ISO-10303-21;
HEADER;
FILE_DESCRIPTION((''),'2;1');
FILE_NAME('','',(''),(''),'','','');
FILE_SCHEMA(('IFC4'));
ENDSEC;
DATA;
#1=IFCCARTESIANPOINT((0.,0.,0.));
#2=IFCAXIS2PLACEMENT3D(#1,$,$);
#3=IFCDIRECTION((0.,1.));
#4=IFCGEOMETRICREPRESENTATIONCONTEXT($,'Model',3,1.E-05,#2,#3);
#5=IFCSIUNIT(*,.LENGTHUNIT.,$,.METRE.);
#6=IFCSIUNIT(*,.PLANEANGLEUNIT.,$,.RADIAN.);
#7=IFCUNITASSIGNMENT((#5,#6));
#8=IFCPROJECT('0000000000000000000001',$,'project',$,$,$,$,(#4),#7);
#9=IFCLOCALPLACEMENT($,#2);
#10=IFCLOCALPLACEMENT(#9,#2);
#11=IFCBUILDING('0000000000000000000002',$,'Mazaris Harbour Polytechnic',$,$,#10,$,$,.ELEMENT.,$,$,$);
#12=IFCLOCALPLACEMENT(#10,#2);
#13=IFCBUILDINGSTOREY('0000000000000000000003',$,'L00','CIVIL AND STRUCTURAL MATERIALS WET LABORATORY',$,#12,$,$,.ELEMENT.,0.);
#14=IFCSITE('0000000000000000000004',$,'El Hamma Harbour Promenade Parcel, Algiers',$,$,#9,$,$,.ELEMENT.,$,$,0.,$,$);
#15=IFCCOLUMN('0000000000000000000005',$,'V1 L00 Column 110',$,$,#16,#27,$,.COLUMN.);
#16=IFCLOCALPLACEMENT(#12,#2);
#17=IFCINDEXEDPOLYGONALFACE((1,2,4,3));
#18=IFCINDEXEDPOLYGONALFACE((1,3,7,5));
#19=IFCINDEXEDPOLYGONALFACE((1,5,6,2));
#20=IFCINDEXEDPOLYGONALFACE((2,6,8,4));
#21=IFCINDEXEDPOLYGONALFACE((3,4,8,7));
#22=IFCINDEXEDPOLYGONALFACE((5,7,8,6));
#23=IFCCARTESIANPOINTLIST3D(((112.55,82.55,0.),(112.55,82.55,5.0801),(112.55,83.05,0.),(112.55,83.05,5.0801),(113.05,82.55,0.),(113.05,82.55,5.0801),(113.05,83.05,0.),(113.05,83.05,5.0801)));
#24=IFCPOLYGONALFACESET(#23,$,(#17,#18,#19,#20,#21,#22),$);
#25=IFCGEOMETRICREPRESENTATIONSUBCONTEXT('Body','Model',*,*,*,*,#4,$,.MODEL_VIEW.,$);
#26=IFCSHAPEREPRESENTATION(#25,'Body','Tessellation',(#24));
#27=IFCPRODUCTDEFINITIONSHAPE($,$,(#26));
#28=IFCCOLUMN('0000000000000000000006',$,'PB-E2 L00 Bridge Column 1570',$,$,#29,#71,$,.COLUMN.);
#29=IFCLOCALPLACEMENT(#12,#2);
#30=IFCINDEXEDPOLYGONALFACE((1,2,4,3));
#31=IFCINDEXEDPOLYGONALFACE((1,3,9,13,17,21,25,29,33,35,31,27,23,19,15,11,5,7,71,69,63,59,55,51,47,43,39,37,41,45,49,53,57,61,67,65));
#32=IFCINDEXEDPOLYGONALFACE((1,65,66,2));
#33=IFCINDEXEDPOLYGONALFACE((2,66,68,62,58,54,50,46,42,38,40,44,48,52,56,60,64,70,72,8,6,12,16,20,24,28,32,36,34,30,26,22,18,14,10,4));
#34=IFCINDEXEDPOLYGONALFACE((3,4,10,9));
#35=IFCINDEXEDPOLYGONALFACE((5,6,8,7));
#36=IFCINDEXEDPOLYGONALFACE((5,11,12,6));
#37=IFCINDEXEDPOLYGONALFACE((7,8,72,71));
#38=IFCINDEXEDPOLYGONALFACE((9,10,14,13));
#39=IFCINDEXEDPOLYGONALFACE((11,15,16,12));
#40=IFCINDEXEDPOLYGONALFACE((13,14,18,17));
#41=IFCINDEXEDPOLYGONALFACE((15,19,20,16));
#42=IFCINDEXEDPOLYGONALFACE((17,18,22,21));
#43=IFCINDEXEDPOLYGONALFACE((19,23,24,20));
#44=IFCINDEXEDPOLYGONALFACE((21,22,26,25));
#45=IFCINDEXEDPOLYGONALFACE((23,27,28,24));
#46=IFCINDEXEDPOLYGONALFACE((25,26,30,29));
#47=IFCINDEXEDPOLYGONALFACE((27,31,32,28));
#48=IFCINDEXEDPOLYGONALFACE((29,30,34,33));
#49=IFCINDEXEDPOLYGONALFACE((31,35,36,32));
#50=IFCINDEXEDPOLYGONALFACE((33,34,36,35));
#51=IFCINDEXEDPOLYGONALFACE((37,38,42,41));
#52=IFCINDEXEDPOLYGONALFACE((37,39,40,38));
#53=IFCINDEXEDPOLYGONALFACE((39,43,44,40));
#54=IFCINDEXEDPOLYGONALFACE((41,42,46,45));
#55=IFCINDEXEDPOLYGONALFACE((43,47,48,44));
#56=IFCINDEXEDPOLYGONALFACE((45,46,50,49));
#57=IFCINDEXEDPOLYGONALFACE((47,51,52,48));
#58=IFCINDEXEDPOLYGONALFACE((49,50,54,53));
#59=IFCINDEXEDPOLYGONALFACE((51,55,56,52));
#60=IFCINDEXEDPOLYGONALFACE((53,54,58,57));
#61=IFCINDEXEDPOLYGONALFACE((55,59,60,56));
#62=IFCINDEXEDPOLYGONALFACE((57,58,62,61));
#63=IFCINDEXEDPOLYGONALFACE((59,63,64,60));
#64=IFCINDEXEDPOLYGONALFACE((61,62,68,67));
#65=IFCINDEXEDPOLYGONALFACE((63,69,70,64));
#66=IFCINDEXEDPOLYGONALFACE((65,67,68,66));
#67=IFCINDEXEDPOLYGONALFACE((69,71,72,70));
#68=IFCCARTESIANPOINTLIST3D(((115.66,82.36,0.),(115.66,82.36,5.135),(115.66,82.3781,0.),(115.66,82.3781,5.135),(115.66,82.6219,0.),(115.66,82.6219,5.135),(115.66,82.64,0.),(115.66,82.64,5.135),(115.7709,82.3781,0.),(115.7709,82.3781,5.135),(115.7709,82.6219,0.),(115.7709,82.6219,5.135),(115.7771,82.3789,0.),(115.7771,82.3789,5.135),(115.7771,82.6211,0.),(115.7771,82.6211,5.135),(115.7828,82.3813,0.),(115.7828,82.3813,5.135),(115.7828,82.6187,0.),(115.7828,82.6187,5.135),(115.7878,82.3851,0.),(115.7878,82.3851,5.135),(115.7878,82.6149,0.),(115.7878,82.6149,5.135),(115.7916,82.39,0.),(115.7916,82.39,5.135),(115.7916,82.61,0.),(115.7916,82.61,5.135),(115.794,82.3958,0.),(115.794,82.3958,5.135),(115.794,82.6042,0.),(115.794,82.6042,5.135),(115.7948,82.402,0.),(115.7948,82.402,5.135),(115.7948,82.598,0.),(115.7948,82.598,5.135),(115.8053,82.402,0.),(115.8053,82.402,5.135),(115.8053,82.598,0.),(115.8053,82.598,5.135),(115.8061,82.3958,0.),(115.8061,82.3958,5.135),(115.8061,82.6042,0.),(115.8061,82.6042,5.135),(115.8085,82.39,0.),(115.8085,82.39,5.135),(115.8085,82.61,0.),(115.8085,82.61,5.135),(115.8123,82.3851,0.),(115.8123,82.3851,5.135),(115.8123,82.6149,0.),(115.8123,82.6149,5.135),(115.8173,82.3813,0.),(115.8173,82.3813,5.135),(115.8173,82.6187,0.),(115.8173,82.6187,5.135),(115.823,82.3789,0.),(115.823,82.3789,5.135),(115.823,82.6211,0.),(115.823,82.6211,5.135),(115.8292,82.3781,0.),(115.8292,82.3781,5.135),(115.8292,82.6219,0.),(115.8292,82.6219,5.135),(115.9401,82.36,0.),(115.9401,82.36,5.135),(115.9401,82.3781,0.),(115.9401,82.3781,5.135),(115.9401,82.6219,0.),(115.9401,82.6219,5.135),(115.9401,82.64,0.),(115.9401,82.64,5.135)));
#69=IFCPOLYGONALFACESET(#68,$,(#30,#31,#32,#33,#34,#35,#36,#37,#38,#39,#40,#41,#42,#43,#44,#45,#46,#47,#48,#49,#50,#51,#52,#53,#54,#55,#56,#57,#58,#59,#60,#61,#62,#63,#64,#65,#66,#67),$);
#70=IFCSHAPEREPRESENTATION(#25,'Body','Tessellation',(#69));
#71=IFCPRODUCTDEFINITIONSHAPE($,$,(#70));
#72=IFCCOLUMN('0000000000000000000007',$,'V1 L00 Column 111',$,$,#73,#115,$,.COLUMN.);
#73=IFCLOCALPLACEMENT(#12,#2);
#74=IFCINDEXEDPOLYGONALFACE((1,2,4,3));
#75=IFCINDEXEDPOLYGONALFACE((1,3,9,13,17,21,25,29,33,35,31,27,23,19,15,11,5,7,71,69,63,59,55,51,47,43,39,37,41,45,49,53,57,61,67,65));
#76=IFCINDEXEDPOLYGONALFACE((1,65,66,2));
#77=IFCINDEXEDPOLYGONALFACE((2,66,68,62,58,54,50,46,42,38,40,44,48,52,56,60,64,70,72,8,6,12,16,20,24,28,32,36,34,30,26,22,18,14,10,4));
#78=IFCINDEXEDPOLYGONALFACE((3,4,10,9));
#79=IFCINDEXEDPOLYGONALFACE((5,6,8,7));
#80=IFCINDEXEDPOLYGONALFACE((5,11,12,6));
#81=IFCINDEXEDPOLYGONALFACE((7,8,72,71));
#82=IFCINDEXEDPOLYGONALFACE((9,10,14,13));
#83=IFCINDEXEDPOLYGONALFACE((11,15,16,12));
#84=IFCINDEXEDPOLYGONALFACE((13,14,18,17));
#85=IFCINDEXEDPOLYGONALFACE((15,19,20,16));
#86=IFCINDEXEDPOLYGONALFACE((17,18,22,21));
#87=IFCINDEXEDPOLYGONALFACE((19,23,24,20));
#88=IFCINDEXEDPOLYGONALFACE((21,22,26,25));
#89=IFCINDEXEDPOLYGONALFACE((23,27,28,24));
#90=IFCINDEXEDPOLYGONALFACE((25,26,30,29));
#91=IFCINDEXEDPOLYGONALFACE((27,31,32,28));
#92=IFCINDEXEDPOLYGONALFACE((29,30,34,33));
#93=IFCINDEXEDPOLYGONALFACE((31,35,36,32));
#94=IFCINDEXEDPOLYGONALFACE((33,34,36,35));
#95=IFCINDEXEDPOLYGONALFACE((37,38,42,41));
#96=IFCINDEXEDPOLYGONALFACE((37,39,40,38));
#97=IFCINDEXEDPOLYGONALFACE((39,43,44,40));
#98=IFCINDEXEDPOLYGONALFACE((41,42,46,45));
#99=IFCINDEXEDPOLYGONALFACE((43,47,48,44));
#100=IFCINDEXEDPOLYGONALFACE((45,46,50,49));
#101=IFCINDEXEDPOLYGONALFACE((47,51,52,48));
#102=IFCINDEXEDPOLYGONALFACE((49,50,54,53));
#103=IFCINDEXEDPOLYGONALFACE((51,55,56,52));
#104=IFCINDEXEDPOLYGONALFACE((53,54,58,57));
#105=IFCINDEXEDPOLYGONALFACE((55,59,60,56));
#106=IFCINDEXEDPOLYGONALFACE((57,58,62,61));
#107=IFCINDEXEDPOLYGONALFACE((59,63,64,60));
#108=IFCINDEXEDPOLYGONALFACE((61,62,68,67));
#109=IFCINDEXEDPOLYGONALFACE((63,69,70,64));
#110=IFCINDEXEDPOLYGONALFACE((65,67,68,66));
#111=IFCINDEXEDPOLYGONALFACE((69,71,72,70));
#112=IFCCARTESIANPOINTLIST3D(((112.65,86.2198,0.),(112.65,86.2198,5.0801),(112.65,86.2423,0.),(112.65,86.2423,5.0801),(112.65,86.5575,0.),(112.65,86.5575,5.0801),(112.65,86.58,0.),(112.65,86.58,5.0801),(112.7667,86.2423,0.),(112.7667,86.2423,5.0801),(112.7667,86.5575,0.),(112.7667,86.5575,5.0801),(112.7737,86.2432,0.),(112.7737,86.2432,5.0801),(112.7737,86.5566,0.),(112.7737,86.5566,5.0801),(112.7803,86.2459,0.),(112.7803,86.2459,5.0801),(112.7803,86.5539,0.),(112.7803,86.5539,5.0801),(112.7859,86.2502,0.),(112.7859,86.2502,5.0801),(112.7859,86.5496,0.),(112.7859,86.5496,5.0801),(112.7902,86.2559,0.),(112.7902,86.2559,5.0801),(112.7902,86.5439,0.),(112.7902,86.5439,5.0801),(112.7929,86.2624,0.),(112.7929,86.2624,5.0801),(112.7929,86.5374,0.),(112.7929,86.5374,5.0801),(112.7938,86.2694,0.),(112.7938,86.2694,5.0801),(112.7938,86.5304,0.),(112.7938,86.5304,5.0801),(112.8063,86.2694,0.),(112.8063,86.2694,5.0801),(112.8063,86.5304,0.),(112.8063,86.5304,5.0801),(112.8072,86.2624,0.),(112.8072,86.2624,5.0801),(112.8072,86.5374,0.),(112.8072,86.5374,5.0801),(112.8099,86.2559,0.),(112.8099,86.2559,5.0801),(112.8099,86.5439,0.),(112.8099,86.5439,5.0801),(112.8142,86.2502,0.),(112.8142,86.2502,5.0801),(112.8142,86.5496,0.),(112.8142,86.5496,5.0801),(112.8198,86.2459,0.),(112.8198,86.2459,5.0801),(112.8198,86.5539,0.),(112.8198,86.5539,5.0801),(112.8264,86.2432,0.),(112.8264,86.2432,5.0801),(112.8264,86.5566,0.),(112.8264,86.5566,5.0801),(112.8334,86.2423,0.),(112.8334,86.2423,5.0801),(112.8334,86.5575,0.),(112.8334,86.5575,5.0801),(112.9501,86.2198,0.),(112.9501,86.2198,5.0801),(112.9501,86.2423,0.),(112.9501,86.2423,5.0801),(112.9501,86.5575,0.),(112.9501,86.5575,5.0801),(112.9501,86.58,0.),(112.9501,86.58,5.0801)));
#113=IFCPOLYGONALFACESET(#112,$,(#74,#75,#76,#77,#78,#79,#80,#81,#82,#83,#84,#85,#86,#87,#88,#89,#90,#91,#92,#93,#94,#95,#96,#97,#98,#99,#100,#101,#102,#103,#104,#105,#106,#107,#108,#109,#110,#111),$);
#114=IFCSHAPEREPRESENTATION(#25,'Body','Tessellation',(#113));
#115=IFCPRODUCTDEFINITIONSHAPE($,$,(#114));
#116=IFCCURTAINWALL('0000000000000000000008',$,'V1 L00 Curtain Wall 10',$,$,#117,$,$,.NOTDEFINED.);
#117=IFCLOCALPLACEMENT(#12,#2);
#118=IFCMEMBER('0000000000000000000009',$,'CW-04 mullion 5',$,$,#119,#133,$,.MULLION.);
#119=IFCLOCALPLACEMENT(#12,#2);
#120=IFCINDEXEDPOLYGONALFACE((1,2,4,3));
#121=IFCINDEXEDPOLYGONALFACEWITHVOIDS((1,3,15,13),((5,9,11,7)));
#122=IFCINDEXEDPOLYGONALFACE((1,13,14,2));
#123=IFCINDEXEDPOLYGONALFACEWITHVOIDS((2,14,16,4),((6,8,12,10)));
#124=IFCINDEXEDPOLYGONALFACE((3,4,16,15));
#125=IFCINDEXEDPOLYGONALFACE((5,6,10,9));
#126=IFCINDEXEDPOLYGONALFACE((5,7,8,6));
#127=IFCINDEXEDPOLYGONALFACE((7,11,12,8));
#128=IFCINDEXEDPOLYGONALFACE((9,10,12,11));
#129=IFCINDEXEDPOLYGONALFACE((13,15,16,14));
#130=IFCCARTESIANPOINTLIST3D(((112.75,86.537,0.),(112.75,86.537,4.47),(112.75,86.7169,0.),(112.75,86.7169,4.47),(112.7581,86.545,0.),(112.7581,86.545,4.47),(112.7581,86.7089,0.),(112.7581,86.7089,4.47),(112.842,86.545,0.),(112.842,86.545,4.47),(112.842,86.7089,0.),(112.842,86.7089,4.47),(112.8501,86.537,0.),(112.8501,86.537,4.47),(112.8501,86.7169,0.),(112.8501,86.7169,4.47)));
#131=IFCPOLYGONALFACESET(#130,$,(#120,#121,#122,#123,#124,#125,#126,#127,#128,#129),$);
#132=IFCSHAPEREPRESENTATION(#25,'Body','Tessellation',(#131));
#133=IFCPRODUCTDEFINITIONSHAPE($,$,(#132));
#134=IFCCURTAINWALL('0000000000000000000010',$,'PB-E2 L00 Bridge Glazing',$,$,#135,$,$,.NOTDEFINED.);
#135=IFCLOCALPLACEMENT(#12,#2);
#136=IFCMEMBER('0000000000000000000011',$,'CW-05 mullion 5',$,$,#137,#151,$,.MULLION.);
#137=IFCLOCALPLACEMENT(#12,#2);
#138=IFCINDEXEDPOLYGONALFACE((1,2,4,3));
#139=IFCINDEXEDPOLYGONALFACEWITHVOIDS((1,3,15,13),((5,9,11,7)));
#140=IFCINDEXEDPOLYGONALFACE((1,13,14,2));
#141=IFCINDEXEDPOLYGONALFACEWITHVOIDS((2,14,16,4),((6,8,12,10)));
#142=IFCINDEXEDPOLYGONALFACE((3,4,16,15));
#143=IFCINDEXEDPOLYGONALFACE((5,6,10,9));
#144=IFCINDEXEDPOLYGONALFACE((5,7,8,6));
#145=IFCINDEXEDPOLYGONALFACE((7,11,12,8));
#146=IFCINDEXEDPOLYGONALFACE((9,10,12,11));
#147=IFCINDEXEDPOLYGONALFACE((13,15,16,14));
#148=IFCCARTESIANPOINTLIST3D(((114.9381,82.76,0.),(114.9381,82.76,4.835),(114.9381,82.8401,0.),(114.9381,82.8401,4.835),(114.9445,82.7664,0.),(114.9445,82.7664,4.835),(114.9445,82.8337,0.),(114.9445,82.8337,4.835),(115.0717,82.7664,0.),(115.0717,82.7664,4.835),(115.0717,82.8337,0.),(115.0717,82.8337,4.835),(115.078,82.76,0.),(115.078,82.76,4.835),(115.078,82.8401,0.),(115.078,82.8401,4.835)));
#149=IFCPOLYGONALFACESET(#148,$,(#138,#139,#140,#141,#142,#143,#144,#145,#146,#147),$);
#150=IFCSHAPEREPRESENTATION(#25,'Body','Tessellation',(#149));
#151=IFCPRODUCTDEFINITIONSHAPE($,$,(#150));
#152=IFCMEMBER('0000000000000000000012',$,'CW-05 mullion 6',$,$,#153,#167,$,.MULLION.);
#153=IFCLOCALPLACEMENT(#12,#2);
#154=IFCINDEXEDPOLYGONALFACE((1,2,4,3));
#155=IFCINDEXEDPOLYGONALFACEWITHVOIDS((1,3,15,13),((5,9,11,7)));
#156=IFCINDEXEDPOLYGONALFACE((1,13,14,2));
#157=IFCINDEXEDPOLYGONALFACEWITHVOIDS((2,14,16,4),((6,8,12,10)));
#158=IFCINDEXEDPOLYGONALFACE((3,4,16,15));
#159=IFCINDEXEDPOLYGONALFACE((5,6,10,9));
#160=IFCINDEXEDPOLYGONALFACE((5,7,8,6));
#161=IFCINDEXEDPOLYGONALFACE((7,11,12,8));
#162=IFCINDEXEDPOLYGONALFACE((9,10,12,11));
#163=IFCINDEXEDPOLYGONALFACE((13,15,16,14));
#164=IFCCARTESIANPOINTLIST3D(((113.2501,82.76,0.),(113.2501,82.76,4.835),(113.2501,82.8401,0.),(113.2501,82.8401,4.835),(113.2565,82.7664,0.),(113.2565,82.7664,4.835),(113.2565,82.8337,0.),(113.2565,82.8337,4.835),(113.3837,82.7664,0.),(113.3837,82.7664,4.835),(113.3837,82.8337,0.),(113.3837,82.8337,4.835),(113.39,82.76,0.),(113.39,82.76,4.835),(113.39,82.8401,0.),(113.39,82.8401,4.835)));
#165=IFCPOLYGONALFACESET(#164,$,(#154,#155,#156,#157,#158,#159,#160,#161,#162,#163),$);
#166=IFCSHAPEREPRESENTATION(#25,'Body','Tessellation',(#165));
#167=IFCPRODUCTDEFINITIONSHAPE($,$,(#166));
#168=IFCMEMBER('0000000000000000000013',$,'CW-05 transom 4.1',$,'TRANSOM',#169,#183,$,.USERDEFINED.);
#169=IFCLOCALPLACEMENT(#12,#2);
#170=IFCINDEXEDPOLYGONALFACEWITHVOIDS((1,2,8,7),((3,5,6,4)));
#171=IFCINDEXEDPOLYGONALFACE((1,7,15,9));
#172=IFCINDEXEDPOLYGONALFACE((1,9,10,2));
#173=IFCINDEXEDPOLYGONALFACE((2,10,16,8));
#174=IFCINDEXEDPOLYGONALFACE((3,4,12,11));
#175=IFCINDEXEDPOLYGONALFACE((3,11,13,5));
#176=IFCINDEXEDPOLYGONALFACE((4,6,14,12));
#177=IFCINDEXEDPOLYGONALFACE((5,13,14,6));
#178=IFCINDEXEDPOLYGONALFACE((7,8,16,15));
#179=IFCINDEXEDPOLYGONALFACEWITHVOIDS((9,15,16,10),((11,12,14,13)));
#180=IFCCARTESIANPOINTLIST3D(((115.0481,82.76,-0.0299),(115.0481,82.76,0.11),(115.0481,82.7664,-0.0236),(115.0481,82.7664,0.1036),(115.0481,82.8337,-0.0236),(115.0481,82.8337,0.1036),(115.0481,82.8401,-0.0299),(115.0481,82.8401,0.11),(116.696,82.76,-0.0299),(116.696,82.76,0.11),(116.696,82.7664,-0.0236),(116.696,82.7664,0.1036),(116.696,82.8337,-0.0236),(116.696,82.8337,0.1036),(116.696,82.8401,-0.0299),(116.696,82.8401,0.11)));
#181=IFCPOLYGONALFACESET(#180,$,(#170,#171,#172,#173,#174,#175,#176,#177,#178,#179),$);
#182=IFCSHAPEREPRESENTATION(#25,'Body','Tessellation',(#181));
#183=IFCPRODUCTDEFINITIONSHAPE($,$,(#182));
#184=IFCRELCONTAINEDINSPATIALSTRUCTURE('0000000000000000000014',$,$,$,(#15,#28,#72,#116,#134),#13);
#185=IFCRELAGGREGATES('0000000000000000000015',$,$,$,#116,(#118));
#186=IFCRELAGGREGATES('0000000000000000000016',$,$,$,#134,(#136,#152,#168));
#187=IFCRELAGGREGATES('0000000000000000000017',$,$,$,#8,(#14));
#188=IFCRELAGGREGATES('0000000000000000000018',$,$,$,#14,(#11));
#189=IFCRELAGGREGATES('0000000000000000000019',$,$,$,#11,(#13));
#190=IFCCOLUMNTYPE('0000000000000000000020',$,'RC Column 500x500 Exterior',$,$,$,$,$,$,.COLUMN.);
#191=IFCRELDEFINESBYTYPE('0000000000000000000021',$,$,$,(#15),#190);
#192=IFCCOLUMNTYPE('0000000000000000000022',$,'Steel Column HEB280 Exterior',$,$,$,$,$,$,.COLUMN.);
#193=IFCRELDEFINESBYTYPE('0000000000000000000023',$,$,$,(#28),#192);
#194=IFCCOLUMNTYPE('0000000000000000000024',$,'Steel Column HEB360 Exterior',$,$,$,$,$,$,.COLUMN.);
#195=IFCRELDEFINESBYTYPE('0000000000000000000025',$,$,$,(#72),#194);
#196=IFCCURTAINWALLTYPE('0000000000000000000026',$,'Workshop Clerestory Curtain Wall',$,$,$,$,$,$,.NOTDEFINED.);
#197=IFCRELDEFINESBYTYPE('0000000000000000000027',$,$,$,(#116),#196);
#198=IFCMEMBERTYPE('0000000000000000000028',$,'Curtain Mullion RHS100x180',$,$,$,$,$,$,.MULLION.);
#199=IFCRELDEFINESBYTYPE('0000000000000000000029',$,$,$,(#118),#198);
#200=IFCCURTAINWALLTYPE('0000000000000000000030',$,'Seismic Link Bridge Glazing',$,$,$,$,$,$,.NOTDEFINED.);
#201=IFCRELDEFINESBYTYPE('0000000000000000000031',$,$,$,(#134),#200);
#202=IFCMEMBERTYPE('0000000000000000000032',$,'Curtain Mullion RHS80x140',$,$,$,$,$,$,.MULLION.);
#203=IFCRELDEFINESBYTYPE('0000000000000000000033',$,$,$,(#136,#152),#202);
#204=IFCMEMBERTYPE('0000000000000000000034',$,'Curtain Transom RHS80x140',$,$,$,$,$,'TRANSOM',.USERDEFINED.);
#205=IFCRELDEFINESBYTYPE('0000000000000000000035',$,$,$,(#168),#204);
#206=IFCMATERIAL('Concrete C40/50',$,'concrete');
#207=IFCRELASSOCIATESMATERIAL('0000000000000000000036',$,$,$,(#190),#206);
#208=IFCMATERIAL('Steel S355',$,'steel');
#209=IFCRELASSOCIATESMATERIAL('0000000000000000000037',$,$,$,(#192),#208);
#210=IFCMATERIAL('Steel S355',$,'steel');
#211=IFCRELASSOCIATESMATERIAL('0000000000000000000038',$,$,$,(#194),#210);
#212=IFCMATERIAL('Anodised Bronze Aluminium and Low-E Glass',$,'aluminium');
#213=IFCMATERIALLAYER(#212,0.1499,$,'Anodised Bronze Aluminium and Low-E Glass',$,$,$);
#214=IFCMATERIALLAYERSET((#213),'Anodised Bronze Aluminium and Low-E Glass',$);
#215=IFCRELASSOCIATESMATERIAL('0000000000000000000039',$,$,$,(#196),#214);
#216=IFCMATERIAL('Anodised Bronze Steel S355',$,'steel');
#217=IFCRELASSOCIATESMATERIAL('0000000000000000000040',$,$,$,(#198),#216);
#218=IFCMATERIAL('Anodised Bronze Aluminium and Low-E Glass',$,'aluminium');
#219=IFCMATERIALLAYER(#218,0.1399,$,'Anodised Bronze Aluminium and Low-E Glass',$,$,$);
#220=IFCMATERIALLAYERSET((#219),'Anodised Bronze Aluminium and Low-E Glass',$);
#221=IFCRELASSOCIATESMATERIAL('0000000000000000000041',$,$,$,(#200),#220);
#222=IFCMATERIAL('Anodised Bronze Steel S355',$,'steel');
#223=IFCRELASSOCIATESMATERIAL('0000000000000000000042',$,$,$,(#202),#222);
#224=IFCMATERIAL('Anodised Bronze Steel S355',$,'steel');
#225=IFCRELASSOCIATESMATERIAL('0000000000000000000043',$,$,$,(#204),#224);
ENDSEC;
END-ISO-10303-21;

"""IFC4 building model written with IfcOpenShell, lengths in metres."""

from ifc_helpers import new_model, si_unit, direction, frame, origin, origin_2d, place, context, subcontext, project, spatial, rectangle, hollow_rectangle, i_section, extrude, material, layer, layer_set, material_profile, profile_set, type_object, element, aggregate, save


model = new_model("IFC4")

# Units and contexts
model_context = context("Model", 3, precision=1e-05, world=origin(), true_north=direction((0.0, 1.0)))
body_context = subcontext(model_context, "Body", "Model", "MODEL_VIEW")
ifc_project = project(units=[si_unit("LENGTHUNIT", "METRE"), si_unit("PLANEANGLEUNIT", "RADIAN")], contexts=[model_context])

# Site, building, storey
site_placement = place(None, origin())
site = spatial("IfcSite", under=ifc_project, at=site_placement, Name="El Hamma Harbour Promenade Parcel, Algiers", CompositionType="ELEMENT", RefElevation=0.0)
building_placement = place(site_placement, origin())
building = spatial("IfcBuilding", under=site, at=building_placement, Name="Mazaris Harbour Polytechnic", CompositionType="ELEMENT")
storey_placement = place(building_placement, origin())
storey = spatial("IfcBuildingStorey", under=building, at=storey_placement, Name="L00", Description="CIVIL AND STRUCTURAL MATERIALS WET LABORATORY", CompositionType="ELEMENT", Elevation=0.0)

# Columns
ifc_material_1 = material(Name="Concrete C40/50", Category="concrete")
ifc_material_profile_1 = material_profile(ifc_material_1, rectangle(XDim=0.5, YDim=0.5, at=origin_2d()), Name="RECT500x500")
ifc_profile_set_1 = profile_set([ifc_material_profile_1], Name="Concrete C40/50")
column_type_1 = type_object("IfcColumnType", Name="RC Column 500x500 Exterior", PredefinedType="COLUMN", material=ifc_profile_set_1)
column_1_placement = place(storey_placement, frame((112.8, 82.8, 0.0), z_axis=(0.0, 0.0, 1.0), x_axis=(1.0, 0.0, 0.0)))
element("IfcColumn", 1, at=column_1_placement, inside=storey, type_object=column_type_1, Name="V1 L00 Column 110", PredefinedType="COLUMN", context=body_context, shape_type="SweptSolid", body=[
    extrude(rectangle(XDim=0.5, YDim=0.5, at=origin_2d()), origin(), (0.0, 0.0, 1.0), 5.0801),
])
ifc_material_2 = material(Name="Steel S355", Category="steel")
ifc_material_profile_2 = material_profile(ifc_material_2, i_section(OverallWidth=0.28, OverallDepth=0.28, WebThickness=0.0105, FlangeThickness=0.0181, FilletRadius=0.0239, at=origin_2d()), Name="HEB 280")
ifc_profile_set_2 = profile_set([ifc_material_profile_2], Name="Steel S355")
column_type_2 = type_object("IfcColumnType", Name="Steel Column HEB280 Exterior", PredefinedType="COLUMN", material=ifc_profile_set_2)
column_2_placement = place(storey_placement, frame((115.8, 82.5, 0.0), z_axis=(0.0, 0.0, 1.0), x_axis=(1.0, 0.0, 0.0)))
element("IfcColumn", 2, at=column_2_placement, inside=storey, type_object=column_type_2, Name="PB-E2 L00 Bridge Column 1570", PredefinedType="COLUMN", context=body_context, shape_type="SweptSolid", body=[
    extrude(i_section(OverallWidth=0.28, OverallDepth=0.28, WebThickness=0.0105, FlangeThickness=0.0181, FilletRadius=0.0239, at=origin_2d()), origin(), (0.0, 0.0, 1.0), 5.135),
])
ifc_material_3 = material(Name="Steel S355", Category="steel")
ifc_material_profile_3 = material_profile(ifc_material_3, i_section(OverallWidth=0.3, OverallDepth=0.3601, WebThickness=0.0125, FlangeThickness=0.0225, FilletRadius=0.0271, at=origin_2d()), Name="HEB 360")
ifc_profile_set_3 = profile_set([ifc_material_profile_3], Name="Steel S355")
column_type_3 = type_object("IfcColumnType", Name="Steel Column HEB360 Exterior", PredefinedType="COLUMN", material=ifc_profile_set_3)
column_3_placement = place(storey_placement, frame((112.8, 86.3999, 0.0), z_axis=(0.0, 0.0, 1.0), x_axis=(1.0, 0.0, 0.0)))
element("IfcColumn", 3, at=column_3_placement, inside=storey, type_object=column_type_3, Name="V1 L00 Column 111", PredefinedType="COLUMN", context=body_context, shape_type="SweptSolid", body=[
    extrude(i_section(OverallWidth=0.3, OverallDepth=0.3601, WebThickness=0.0125, FlangeThickness=0.0225, FilletRadius=0.0271, at=origin_2d()), origin(), (0.0, 0.0, 1.0), 5.0801),
])

# Curtain wall, member
ifc_material_4 = material(Name="Anodised Bronze Aluminium and Low-E Glass", Category="aluminium")
ifc_layer_1 = layer(ifc_material_4, 0.1499, Name="Anodised Bronze Aluminium and Low-E Glass")
ifc_layer_set_1 = layer_set([ifc_layer_1], Name="Anodised Bronze Aluminium and Low-E Glass")
curtain_wall_type_1 = type_object("IfcCurtainWallType", Name="Workshop Clerestory Curtain Wall", PredefinedType="NOTDEFINED", material=ifc_layer_set_1)
curtain_wall_1_placement = place(storey_placement, origin())
curtain_wall_1 = element("IfcCurtainWall", 4, at=curtain_wall_1_placement, inside=storey, type_object=curtain_wall_type_1, Name="V1 L00 Curtain Wall 10", PredefinedType="NOTDEFINED")
ifc_material_5 = material(Name="Anodised Bronze Steel S355", Category="steel")
ifc_material_profile_4 = material_profile(ifc_material_5, hollow_rectangle(XDim=0.1001, YDim=0.1799, WallThickness=0.0081, at=origin_2d()), Name="RHS 100x180x8.0")
ifc_profile_set_4 = profile_set([ifc_material_profile_4], Name="Anodised Bronze Steel S355")
member_type_1 = type_object("IfcMemberType", Name="Curtain Mullion RHS100x180", PredefinedType="MULLION", material=ifc_profile_set_4)
member_1_placement = place(storey_placement, frame((112.8, 86.627, 0.0), z_axis=(0.0, 0.0, 1.0), x_axis=(1.0, 0.0, 0.0)))
member_1 = element("IfcMember", 5, at=member_1_placement, type_object=member_type_1, Name="CW-04 mullion 5", PredefinedType="MULLION", context=body_context, shape_type="SweptSolid", body=[
    extrude(hollow_rectangle(XDim=0.1001, YDim=0.1799, WallThickness=0.0081, at=origin_2d()), origin(), (0.0, 0.0, 1.0), 4.47),
])

# Curtain wall, members
ifc_material_6 = material(Name="Anodised Bronze Aluminium and Low-E Glass", Category="aluminium")
ifc_layer_2 = layer(ifc_material_6, 0.1399, Name="Anodised Bronze Aluminium and Low-E Glass")
ifc_layer_set_2 = layer_set([ifc_layer_2], Name="Anodised Bronze Aluminium and Low-E Glass")
curtain_wall_type_2 = type_object("IfcCurtainWallType", Name="Seismic Link Bridge Glazing", PredefinedType="NOTDEFINED", material=ifc_layer_set_2)
curtain_wall_2_placement = place(storey_placement, origin())
curtain_wall_2 = element("IfcCurtainWall", 6, at=curtain_wall_2_placement, inside=storey, type_object=curtain_wall_type_2, Name="PB-E2 L00 Bridge Glazing", PredefinedType="NOTDEFINED")
ifc_material_7 = material(Name="Anodised Bronze Steel S355", Category="steel")
ifc_material_profile_5 = material_profile(ifc_material_7, hollow_rectangle(XDim=0.0801, YDim=0.1399, WallThickness=0.0063, at=origin_2d()), Name="RHS 80x140x6.3")
ifc_profile_set_5 = profile_set([ifc_material_profile_5], Name="Anodised Bronze Steel S355")
member_type_2 = type_object("IfcMemberType", Name="Curtain Mullion RHS80x140", PredefinedType="MULLION", material=ifc_profile_set_5)
member_2_placement = place(storey_placement, frame((115.0081, 82.8, 0.0), z_axis=(0.0, 0.0, 1.0), x_axis=(0.0, -1.0, 0.0)))
member_2 = element("IfcMember", 7, at=member_2_placement, type_object=member_type_2, Name="CW-05 mullion 5", PredefinedType="MULLION", context=body_context, shape_type="SweptSolid", body=[
    extrude(hollow_rectangle(XDim=0.0801, YDim=0.1399, WallThickness=0.0063, at=origin_2d()), origin(), (0.0, 0.0, 1.0), 4.835),
])
member_3_placement = place(storey_placement, frame((113.3201, 82.8, 0.0), z_axis=(0.0, 0.0, 1.0), x_axis=(0.0, -1.0, 0.0)))
member_3 = element("IfcMember", 8, at=member_3_placement, type_object=member_type_2, Name="CW-05 mullion 6", PredefinedType="MULLION", context=body_context, shape_type="SweptSolid", body=[
    extrude(hollow_rectangle(XDim=0.0801, YDim=0.1399, WallThickness=0.0063, at=origin_2d()), origin(), (0.0, 0.0, 1.0), 4.835),
])
ifc_material_8 = material(Name="Anodised Bronze Steel S355", Category="steel")
ifc_material_profile_6 = material_profile(ifc_material_8, hollow_rectangle(XDim=0.0801, YDim=0.1399, WallThickness=0.0063, at=origin_2d()), Name="RHS 80x140x6.3")
ifc_profile_set_6 = profile_set([ifc_material_profile_6], Name="Anodised Bronze Steel S355")
member_type_3 = type_object("IfcMemberType", Name="Curtain Transom RHS80x140", ElementType="TRANSOM", PredefinedType="USERDEFINED", material=ifc_profile_set_6)
member_4_placement = place(storey_placement, frame((116.696, 82.8, 0.04), z_axis=(-1.0, 0.0, 0.0), x_axis=(0.0, -1.0, 0.0)))
member_4 = element("IfcMember", 9, at=member_4_placement, type_object=member_type_3, Name="CW-05 transom 4.1", ObjectType="TRANSOM", PredefinedType="USERDEFINED", context=body_context, shape_type="SweptSolid", body=[
    extrude(hollow_rectangle(XDim=0.0801, YDim=0.1399, WallThickness=0.0063, at=origin_2d()), origin(), (0.0, 0.0, 1.0), 1.6479),
])

aggregate(curtain_wall_1, [member_1])
aggregate(curtain_wall_2, [member_2, member_3, member_4])

save(model, "model.ifc")
